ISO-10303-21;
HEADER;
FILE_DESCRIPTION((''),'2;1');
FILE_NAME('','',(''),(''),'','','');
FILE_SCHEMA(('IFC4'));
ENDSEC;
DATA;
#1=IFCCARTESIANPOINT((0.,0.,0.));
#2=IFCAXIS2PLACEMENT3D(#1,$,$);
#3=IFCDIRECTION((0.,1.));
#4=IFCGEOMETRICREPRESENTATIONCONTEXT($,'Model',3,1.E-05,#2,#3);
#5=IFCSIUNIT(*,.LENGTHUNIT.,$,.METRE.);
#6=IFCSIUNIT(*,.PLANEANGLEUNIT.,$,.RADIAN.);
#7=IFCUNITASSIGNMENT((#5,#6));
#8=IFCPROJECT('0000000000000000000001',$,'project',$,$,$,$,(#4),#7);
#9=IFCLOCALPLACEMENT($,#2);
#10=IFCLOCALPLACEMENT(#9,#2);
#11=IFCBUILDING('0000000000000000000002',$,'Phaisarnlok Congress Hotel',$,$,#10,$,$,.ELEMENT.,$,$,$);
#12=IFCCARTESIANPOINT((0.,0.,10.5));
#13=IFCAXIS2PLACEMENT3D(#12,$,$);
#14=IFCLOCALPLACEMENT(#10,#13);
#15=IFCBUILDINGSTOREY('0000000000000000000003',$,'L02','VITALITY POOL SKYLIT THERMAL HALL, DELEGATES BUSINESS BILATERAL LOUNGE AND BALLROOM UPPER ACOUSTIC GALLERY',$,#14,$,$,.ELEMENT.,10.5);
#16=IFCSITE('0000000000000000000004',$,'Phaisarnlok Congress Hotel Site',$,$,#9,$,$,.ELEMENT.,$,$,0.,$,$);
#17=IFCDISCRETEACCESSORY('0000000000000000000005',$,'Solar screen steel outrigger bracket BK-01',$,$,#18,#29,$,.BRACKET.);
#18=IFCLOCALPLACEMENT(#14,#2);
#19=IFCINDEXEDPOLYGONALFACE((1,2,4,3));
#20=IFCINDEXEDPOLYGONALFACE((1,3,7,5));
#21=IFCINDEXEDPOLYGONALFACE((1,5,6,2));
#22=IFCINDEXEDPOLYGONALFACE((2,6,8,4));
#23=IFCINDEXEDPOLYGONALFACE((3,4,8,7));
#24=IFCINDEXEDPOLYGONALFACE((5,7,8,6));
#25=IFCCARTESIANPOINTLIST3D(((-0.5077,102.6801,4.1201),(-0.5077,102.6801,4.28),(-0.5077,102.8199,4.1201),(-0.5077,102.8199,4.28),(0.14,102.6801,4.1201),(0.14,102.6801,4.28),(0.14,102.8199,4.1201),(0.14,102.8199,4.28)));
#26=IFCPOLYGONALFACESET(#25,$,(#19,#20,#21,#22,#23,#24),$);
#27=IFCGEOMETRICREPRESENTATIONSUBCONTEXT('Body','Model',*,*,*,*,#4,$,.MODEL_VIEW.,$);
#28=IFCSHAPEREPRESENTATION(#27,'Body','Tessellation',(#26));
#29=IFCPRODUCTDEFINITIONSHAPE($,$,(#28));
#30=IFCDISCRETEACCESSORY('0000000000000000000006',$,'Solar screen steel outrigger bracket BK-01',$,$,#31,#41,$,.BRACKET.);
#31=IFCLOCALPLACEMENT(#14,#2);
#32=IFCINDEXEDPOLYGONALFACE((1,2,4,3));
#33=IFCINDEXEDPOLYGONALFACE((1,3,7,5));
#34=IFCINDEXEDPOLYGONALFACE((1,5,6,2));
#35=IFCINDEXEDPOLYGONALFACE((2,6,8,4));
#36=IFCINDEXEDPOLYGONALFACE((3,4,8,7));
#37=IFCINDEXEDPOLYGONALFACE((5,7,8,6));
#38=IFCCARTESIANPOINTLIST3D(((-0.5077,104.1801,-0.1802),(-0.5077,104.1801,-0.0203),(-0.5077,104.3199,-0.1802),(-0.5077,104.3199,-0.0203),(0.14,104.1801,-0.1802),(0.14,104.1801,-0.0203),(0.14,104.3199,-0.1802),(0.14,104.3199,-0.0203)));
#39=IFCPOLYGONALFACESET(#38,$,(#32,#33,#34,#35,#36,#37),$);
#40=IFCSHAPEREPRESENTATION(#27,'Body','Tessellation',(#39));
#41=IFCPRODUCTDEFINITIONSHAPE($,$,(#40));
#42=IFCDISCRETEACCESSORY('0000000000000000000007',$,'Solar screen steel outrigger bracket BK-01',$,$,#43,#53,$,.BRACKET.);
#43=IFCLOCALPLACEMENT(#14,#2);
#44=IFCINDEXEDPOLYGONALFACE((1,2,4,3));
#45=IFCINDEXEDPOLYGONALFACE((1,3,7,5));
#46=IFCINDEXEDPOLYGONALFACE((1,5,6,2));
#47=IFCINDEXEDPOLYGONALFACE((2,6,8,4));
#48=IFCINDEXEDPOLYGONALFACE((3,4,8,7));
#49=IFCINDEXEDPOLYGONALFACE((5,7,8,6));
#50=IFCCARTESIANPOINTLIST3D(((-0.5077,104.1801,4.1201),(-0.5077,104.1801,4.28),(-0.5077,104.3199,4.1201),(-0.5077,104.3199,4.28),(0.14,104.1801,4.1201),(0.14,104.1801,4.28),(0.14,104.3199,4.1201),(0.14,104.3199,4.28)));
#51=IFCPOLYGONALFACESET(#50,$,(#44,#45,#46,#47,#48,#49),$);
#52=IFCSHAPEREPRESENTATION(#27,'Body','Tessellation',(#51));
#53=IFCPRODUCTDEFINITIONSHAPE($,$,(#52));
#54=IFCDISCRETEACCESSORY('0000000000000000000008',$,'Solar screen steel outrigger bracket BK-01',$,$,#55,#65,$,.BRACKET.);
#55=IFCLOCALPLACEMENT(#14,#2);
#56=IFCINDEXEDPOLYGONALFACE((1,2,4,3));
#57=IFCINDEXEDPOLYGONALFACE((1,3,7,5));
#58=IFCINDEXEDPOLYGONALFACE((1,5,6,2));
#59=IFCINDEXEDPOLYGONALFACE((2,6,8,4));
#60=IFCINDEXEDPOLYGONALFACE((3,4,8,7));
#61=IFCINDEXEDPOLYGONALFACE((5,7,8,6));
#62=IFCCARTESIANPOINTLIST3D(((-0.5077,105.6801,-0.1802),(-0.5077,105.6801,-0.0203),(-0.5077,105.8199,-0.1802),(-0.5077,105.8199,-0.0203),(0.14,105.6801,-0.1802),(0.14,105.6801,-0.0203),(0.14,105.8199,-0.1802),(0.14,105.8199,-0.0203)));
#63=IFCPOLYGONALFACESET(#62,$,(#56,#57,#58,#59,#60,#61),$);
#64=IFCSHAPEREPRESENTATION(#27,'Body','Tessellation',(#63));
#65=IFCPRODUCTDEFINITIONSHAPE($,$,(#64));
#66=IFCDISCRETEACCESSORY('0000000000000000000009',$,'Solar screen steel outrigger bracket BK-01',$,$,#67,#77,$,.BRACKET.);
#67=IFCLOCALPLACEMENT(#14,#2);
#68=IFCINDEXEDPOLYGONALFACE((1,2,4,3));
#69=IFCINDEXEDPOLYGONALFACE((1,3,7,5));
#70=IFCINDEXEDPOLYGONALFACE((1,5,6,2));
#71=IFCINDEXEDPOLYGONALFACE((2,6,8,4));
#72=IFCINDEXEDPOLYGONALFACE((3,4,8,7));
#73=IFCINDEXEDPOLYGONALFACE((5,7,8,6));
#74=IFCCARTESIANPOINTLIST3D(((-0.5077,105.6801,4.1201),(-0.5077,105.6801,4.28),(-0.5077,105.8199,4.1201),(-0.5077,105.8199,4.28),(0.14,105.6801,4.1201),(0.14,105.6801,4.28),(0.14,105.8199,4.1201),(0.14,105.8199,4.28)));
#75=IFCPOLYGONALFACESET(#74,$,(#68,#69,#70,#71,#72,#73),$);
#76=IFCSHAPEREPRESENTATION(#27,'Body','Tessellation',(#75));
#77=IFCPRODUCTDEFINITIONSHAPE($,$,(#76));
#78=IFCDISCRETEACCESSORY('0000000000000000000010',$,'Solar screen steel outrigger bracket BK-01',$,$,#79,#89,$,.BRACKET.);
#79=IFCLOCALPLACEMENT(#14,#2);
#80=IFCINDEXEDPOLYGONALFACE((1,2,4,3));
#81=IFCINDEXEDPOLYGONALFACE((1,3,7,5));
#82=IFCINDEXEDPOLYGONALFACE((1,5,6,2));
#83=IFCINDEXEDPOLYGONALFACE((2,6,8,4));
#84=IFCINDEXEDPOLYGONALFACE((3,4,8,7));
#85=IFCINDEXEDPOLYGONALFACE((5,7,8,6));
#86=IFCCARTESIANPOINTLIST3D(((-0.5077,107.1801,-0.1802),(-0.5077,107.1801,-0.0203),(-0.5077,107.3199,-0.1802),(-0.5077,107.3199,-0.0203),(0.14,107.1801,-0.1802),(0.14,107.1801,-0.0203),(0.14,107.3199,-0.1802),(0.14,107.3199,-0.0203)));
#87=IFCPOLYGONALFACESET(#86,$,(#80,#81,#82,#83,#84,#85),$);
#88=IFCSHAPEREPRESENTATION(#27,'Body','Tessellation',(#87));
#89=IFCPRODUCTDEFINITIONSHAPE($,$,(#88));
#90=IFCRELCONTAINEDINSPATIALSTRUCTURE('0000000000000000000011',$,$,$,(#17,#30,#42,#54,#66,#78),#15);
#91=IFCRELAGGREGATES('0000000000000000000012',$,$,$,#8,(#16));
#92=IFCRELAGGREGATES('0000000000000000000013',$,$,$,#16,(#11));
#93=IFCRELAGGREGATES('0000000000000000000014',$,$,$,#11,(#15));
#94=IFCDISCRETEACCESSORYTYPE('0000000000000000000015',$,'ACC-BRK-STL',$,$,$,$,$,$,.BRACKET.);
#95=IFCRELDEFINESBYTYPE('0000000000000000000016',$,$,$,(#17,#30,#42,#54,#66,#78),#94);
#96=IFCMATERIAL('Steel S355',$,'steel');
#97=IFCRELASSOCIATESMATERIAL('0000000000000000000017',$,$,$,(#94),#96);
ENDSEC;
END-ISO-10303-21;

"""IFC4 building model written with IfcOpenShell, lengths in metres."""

from ifc_helpers import new_model, si_unit, direction, frame, origin, origin_2d, place, context, subcontext, project, spatial, rectangle, extrude, material, type_object, element, save


model = new_model("IFC4")

# Units and contexts
model_context = context("Model", 3, precision=1e-05, world=origin(), true_north=direction((0.0, 1.0)))
body_context = subcontext(model_context, "Body", "Model", "MODEL_VIEW")
ifc_project = project(units=[si_unit("LENGTHUNIT", "METRE"), si_unit("PLANEANGLEUNIT", "RADIAN")], contexts=[model_context])

# Site, building, storey
site_placement = place(None, origin())
site = spatial("IfcSite", under=ifc_project, at=site_placement, Name="Phaisarnlok Congress Hotel Site", CompositionType="ELEMENT", RefElevation=0.0)
building_placement = place(site_placement, origin())
building = spatial("IfcBuilding", under=site, at=building_placement, Name="Phaisarnlok Congress Hotel", CompositionType="ELEMENT")
storey_placement = place(building_placement, frame((0.0, 0.0, 10.5)))
storey = spatial("IfcBuildingStorey", under=building, at=storey_placement, Name="L02", Description="VITALITY POOL SKYLIT THERMAL HALL, DELEGATES BUSINESS BILATERAL LOUNGE AND BALLROOM UPPER ACOUSTIC GALLERY", CompositionType="ELEMENT", Elevation=10.5)

# Discrete accessories
ifc_material_1 = material(Name="Steel S355", Category="steel")
discrete_accessory_type = type_object("IfcDiscreteAccessoryType", Name="ACC-BRK-STL", PredefinedType="BRACKET", material=ifc_material_1)
for number, where, z_axis, x_axis, name in (
    (1, (-0.1838, 102.75, 4.1201), (0.0, 0.0, 1.0), (1.0, 0.0, 0.0), "Solar screen steel outrigger bracket BK-01"),
    (2, (-0.1838, 104.25, -0.1802), (0.0, 0.0, 1.0), (1.0, 0.0, 0.0), "Solar screen steel outrigger bracket BK-01"),
    (3, (-0.1838, 104.25, 4.1201), (0.0, 0.0, 1.0), (1.0, 0.0, 0.0), "Solar screen steel outrigger bracket BK-01"),
    (4, (-0.1838, 105.75, -0.1802), (0.0, 0.0, 1.0), (1.0, 0.0, 0.0), "Solar screen steel outrigger bracket BK-01"),
    (5, (-0.1838, 105.75, 4.1201), (0.0, 0.0, 1.0), (1.0, 0.0, 0.0), "Solar screen steel outrigger bracket BK-01"),
    (6, (-0.1838, 107.25, -0.1802), (0.0, 0.0, 1.0), (1.0, 0.0, 0.0), "Solar screen steel outrigger bracket BK-01"),
):
    element("IfcDiscreteAccessory", number, at=place(storey_placement, frame(where, z_axis=z_axis, x_axis=x_axis)), inside=storey, type_object=discrete_accessory_type, Name=name, PredefinedType="BRACKET", context=body_context, shape_type="SweptSolid", body=[
        extrude(rectangle(XDim=0.6477, YDim=0.1399, at=origin_2d()), origin(), (0.0, 0.0, 1.0), 0.1599),
    ])

save(model, "model.ifc")
